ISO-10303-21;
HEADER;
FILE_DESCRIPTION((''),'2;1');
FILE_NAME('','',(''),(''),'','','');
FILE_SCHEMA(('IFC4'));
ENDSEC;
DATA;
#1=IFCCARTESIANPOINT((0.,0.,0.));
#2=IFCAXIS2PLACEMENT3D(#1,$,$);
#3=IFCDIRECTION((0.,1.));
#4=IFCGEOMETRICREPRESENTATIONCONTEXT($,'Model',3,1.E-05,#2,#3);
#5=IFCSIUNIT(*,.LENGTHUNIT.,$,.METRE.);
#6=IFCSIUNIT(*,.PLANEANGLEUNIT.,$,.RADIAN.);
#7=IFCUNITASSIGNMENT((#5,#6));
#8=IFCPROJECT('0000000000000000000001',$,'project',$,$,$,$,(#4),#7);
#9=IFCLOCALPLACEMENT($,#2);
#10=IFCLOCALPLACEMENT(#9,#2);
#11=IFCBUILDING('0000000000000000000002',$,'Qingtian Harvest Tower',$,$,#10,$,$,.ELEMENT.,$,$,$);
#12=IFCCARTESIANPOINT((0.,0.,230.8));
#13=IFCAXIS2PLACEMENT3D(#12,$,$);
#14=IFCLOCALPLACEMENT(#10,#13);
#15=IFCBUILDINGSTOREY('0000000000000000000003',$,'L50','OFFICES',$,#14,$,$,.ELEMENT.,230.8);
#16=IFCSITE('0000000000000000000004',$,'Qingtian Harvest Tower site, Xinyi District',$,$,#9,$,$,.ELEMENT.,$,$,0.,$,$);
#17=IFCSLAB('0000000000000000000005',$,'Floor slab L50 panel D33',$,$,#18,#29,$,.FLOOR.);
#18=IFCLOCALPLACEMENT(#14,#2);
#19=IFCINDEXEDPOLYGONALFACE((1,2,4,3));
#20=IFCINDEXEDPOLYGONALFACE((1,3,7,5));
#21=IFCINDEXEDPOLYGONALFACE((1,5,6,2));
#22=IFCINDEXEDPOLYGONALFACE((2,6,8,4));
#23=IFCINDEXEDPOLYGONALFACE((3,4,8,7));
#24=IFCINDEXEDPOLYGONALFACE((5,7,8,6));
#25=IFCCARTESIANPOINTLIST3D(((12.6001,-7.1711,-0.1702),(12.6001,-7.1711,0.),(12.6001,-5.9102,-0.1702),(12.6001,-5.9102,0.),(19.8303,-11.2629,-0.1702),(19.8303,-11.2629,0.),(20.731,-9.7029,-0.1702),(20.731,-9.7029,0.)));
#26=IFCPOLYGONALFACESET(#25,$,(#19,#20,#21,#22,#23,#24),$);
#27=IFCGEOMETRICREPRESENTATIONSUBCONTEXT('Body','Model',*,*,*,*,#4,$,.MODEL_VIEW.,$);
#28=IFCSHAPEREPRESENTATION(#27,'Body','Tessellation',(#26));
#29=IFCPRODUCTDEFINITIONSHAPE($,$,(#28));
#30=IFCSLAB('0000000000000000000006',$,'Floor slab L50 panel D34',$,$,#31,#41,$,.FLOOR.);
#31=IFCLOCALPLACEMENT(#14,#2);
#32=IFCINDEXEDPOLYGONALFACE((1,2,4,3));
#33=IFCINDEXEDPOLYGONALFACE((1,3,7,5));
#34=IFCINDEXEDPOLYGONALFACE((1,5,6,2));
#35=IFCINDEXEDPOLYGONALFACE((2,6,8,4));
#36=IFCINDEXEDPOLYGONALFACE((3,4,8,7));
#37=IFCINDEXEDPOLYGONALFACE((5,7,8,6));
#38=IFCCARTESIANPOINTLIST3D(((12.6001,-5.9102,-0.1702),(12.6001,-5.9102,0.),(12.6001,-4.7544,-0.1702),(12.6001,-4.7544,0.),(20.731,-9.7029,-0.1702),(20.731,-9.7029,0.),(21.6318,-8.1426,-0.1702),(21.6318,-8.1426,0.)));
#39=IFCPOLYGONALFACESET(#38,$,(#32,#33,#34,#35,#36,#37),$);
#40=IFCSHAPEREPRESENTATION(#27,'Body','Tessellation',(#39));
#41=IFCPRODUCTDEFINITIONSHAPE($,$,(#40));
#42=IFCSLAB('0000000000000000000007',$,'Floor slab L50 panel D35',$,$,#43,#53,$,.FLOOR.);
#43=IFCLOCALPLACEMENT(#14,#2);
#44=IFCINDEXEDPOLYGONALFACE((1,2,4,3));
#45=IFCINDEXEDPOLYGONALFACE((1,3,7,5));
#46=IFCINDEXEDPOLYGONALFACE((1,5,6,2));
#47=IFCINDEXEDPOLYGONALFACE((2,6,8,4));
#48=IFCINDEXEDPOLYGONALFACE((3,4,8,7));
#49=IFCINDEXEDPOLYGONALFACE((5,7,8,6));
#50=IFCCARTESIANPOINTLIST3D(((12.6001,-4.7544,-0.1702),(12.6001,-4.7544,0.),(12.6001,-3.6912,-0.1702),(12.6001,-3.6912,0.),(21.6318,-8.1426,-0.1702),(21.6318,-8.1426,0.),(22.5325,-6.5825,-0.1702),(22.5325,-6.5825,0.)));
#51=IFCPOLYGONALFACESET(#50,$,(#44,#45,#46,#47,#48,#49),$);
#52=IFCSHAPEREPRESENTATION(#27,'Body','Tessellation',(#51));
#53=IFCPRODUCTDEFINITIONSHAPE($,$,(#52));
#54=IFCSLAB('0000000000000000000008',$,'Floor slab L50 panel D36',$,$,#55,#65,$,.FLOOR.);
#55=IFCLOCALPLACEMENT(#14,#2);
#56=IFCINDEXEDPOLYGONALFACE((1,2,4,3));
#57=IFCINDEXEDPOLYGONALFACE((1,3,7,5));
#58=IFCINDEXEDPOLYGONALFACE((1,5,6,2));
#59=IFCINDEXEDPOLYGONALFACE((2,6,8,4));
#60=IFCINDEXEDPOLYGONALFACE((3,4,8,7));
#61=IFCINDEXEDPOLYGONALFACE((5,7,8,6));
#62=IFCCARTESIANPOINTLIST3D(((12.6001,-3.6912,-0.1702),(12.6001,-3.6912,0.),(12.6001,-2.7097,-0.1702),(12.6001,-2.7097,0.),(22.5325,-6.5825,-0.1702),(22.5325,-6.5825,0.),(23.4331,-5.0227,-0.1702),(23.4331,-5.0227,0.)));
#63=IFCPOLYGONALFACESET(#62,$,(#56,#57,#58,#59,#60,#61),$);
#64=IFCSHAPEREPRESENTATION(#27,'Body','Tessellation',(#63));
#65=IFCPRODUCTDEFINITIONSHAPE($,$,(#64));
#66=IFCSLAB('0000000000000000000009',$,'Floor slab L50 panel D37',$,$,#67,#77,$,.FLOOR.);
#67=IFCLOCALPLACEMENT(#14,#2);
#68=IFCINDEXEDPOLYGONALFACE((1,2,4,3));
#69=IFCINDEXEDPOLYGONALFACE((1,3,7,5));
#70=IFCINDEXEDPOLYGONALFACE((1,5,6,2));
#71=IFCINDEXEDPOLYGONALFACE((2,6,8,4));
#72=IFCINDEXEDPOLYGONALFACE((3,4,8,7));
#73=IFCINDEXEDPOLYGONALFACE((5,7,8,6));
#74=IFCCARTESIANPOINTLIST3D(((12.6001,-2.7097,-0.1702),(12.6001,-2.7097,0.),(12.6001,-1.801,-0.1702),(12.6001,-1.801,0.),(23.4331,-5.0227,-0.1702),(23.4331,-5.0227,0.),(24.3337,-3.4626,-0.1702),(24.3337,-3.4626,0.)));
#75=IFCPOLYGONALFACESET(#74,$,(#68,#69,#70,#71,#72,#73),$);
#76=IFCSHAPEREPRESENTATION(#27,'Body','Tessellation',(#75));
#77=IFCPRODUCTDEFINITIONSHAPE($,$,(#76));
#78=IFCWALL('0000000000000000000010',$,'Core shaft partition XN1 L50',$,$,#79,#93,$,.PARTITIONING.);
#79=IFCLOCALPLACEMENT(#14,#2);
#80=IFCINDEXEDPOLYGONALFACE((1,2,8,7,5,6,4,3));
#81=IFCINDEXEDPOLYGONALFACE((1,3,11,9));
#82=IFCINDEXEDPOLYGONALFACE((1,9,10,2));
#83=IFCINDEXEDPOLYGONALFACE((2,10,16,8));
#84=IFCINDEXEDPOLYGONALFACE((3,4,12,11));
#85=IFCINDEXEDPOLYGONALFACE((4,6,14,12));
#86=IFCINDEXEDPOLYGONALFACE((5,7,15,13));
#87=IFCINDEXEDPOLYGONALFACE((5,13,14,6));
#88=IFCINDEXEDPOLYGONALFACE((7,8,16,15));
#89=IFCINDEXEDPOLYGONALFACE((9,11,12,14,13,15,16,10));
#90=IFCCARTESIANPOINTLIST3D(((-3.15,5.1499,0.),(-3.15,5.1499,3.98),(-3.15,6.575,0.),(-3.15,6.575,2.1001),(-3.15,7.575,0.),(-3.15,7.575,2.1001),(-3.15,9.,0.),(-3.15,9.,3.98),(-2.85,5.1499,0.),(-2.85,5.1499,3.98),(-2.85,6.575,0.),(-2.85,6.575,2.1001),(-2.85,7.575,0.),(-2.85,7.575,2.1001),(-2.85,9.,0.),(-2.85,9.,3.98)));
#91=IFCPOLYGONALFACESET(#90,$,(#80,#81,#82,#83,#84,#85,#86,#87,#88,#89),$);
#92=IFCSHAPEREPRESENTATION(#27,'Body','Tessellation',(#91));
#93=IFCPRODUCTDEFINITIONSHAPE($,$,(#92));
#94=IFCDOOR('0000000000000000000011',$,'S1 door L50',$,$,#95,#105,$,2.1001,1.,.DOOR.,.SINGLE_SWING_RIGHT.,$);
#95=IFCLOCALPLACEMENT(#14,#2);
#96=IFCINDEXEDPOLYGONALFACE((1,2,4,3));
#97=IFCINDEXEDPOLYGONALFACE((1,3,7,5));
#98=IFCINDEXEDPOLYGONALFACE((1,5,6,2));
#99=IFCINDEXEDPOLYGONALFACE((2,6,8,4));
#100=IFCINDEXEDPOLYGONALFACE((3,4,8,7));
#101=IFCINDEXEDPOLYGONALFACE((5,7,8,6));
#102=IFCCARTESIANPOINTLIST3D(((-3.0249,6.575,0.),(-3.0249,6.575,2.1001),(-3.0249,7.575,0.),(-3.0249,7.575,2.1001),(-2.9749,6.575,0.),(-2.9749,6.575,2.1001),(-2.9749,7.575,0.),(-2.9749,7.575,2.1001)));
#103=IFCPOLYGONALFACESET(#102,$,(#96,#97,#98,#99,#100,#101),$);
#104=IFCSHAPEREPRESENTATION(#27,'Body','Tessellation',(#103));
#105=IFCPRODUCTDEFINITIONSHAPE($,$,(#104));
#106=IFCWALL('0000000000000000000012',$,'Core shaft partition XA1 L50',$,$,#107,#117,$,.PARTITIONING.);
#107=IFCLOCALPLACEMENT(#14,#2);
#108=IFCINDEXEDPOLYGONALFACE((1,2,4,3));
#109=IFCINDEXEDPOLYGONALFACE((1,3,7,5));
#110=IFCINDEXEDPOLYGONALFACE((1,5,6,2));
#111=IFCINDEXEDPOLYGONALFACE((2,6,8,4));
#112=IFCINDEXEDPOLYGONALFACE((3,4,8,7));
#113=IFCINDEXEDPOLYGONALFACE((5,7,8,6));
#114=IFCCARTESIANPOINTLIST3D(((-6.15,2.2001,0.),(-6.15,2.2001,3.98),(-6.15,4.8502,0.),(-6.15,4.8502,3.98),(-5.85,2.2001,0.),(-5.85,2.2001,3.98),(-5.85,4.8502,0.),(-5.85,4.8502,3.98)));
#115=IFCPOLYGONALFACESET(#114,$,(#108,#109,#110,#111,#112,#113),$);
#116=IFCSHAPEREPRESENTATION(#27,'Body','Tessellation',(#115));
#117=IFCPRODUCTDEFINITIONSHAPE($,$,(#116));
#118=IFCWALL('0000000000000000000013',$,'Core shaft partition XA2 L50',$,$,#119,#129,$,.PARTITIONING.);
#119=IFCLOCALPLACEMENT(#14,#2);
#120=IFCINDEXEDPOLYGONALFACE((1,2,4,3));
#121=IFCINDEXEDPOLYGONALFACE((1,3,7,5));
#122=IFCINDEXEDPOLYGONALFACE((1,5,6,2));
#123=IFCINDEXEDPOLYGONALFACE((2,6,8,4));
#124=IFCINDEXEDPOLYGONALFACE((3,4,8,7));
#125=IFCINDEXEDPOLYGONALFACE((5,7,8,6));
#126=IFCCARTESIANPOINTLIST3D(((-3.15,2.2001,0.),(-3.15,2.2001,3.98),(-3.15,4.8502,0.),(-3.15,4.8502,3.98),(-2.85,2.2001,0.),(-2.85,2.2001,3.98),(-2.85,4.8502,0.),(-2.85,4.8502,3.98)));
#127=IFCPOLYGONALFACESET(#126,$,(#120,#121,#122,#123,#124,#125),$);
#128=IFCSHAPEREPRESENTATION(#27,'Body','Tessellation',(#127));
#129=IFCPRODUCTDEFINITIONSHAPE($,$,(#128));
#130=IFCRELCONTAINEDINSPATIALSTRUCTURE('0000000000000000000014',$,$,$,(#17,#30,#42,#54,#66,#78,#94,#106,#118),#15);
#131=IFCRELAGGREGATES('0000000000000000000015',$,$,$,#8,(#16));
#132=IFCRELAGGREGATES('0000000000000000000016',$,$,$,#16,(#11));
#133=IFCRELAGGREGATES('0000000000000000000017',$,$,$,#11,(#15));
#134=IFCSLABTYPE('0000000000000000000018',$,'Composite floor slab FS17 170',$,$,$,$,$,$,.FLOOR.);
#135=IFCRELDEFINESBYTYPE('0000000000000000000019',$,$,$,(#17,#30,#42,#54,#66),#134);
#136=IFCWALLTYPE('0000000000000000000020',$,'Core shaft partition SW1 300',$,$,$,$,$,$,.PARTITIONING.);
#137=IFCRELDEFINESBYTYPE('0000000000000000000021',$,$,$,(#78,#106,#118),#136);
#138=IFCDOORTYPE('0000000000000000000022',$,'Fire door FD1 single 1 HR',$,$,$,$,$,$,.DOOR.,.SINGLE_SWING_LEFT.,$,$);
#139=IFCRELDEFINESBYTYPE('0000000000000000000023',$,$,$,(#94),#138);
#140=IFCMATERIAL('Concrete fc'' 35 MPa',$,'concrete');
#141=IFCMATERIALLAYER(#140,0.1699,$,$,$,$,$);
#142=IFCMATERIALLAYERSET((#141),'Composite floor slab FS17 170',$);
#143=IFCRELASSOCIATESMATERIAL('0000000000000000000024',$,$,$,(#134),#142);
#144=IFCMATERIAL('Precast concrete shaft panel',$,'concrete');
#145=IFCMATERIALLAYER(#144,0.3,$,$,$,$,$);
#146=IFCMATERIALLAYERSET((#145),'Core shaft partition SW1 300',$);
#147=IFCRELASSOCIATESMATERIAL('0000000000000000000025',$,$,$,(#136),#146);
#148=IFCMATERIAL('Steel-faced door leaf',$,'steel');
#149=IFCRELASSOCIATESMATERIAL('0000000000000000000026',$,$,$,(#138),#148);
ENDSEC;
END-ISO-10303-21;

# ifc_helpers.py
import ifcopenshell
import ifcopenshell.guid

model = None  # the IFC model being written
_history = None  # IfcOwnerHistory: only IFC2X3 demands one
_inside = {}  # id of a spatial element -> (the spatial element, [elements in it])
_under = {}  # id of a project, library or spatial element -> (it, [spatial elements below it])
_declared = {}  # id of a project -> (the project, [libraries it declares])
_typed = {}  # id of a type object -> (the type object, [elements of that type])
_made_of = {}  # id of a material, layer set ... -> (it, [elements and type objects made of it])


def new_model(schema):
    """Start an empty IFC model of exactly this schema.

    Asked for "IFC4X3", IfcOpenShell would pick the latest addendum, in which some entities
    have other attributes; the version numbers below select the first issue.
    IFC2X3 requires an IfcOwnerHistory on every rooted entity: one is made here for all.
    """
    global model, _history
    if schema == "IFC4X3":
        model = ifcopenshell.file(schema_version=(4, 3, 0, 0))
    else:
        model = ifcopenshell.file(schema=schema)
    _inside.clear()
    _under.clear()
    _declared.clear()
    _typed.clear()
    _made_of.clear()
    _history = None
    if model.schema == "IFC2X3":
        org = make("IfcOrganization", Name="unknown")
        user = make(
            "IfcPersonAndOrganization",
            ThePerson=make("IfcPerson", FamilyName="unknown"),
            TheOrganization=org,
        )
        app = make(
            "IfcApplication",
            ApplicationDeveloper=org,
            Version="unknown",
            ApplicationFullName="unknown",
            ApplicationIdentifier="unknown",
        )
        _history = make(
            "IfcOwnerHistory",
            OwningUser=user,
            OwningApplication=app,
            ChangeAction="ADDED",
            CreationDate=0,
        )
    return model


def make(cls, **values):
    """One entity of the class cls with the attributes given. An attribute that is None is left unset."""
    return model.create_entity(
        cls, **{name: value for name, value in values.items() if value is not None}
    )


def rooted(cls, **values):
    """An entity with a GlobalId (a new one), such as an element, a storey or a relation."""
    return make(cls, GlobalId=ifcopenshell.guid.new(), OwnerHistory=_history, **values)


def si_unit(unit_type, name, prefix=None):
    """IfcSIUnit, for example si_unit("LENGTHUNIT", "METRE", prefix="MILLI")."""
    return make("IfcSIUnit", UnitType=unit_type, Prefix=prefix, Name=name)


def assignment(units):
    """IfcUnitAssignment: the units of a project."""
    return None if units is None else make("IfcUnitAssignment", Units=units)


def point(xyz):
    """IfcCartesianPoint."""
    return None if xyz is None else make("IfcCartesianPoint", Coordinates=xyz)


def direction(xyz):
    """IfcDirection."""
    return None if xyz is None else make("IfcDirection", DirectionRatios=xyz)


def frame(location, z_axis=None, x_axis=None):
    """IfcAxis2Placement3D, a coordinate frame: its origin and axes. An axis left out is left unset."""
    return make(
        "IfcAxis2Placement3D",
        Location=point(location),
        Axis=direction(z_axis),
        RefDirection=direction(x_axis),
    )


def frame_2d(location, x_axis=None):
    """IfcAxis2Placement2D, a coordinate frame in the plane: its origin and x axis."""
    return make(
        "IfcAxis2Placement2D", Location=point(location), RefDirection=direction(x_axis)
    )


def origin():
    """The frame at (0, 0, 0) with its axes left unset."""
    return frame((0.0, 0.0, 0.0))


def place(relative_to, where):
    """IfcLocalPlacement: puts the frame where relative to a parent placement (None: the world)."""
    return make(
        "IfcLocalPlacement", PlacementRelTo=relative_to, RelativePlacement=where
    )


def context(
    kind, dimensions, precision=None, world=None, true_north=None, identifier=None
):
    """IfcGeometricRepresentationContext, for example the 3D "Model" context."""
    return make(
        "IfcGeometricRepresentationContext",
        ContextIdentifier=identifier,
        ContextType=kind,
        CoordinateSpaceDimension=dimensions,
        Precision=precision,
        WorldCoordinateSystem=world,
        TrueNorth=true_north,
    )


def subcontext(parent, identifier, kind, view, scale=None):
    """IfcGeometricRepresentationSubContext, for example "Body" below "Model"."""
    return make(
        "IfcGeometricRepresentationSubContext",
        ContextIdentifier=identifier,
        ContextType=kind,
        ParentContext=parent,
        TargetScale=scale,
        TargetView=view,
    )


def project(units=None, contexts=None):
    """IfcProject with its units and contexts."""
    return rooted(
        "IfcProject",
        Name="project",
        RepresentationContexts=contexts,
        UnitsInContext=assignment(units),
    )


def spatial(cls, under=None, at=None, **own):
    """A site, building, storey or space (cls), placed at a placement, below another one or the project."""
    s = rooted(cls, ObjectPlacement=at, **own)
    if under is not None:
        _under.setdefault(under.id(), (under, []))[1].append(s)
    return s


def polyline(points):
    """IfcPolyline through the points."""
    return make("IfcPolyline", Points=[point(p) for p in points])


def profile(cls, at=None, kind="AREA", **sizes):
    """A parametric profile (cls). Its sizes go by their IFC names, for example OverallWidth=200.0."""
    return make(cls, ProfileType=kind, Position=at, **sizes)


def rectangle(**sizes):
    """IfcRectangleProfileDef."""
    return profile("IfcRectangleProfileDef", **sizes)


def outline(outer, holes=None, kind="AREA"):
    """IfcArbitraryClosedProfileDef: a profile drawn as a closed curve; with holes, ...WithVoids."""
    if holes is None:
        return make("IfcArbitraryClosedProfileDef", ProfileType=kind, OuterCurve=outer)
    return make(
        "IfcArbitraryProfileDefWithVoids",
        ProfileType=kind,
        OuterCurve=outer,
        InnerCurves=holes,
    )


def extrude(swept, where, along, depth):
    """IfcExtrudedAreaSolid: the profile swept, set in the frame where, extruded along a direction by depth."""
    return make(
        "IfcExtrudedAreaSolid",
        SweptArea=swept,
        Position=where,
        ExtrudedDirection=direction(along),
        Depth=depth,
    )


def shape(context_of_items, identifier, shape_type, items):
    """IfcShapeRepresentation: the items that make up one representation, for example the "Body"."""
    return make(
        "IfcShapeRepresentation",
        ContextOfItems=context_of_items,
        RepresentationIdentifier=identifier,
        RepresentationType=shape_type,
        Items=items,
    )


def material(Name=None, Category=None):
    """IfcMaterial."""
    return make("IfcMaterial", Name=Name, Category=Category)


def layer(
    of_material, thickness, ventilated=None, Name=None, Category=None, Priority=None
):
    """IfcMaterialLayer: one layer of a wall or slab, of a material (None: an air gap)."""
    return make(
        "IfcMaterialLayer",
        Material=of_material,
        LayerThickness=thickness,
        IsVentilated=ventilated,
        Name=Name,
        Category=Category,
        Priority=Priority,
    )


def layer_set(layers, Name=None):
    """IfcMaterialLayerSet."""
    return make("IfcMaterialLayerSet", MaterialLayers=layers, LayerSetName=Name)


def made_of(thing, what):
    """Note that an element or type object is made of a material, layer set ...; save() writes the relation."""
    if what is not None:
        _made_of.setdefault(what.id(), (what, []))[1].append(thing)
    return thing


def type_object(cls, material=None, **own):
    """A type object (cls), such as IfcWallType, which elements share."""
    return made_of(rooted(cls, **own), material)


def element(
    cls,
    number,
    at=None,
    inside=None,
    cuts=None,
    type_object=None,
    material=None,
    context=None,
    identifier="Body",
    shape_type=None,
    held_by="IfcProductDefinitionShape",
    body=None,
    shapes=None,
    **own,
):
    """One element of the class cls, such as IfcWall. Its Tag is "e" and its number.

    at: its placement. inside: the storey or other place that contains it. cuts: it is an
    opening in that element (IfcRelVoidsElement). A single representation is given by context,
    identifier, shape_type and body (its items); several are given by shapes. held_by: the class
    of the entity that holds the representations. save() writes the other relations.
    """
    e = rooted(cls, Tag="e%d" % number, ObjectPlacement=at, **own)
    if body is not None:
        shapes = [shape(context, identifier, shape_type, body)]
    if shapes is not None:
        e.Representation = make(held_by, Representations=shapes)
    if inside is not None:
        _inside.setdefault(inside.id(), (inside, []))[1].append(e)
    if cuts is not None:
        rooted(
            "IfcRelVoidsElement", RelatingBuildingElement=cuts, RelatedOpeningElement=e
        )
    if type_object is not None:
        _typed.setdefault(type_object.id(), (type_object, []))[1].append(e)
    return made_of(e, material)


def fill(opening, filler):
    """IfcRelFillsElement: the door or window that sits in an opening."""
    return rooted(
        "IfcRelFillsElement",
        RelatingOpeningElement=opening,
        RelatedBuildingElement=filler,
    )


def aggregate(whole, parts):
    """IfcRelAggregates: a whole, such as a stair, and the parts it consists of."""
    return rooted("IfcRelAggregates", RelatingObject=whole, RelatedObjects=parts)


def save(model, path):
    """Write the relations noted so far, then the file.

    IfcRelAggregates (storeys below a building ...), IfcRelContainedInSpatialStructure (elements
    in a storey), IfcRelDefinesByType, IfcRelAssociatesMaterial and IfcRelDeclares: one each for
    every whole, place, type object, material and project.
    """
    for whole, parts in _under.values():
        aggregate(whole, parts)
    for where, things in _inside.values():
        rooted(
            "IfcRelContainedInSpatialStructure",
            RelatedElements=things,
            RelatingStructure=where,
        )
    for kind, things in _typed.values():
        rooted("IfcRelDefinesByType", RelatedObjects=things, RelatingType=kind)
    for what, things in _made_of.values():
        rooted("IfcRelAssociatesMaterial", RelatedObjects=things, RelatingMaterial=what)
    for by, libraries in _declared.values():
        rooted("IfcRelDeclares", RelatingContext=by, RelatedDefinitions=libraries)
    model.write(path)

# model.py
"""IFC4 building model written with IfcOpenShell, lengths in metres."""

from ifc_helpers import new_model, si_unit, direction, frame, frame_2d, origin, place, context, subcontext, project, spatial, polyline, rectangle, outline, extrude, material, layer, layer_set, type_object, element, fill, save


model = new_model("IFC4")

# Units and contexts
model_context = context("Model", 3, precision=1e-05, world=origin(), true_north=direction((0.0, 1.0)))
body_context = subcontext(model_context, "Body", "Model", "MODEL_VIEW")
ifc_project = project(units=[si_unit("LENGTHUNIT", "METRE"), si_unit("PLANEANGLEUNIT", "RADIAN")], contexts=[model_context])

# Site, building, storey
site_placement = place(None, origin())
site = spatial("IfcSite", under=ifc_project, at=site_placement, Name="Qingtian Harvest Tower site, Xinyi District", CompositionType="ELEMENT", RefElevation=0.0)
building_placement = place(site_placement, origin())
building = spatial("IfcBuilding", under=site, at=building_placement, Name="Qingtian Harvest Tower", CompositionType="ELEMENT")
storey_placement = place(building_placement, frame((0.0, 0.0, 230.8)))
storey = spatial("IfcBuildingStorey", under=building, at=storey_placement, Name="L50", Description="OFFICES", CompositionType="ELEMENT", Elevation=230.8)

# Slabs
ifc_material_1 = material(Name="Concrete fc' 35 MPa", Category="concrete")
ifc_layer_1 = layer(ifc_material_1, 0.1699)
ifc_layer_set_1 = layer_set([ifc_layer_1], Name="Composite floor slab FS17 170")
slab_type = type_object("IfcSlabType", Name="Composite floor slab FS17 170", PredefinedType="FLOOR", material=ifc_layer_set_1)
slab_1_placement = place(storey_placement, frame((0.0, 0.0, -0.1702)))
element("IfcSlab", 1, at=slab_1_placement, inside=storey, type_object=slab_type, Name="Floor slab L50 panel D33", PredefinedType="FLOOR", context=body_context, shape_type="SweptSolid", body=[
    extrude(outline(polyline([(12.6001, -5.9102), (20.731, -9.7029), (19.8303, -11.2629), (12.6001, -7.1711), (12.6001, -5.9102)])), origin(), (0.0, 0.0, 1.0), 0.1702),
])
slab_2_placement = place(storey_placement, frame((0.0, 0.0, -0.1702)))
element("IfcSlab", 2, at=slab_2_placement, inside=storey, type_object=slab_type, Name="Floor slab L50 panel D34", PredefinedType="FLOOR", context=body_context, shape_type="SweptSolid", body=[
    extrude(outline(polyline([(12.6001, -4.7544), (21.6318, -8.1426), (20.731, -9.7029), (12.6001, -5.9102), (12.6001, -4.7544)])), origin(), (0.0, 0.0, 1.0), 0.1702),
])
slab_3_placement = place(storey_placement, frame((0.0, 0.0, -0.1702)))
element("IfcSlab", 3, at=slab_3_placement, inside=storey, type_object=slab_type, Name="Floor slab L50 panel D35", PredefinedType="FLOOR", context=body_context, shape_type="SweptSolid", body=[
    extrude(outline(polyline([(12.6001, -3.6912), (22.5325, -6.5825), (21.6318, -8.1426), (12.6001, -4.7544), (12.6001, -3.6912)])), origin(), (0.0, 0.0, 1.0), 0.1702),
])
slab_4_placement = place(storey_placement, frame((0.0, 0.0, -0.1702)))
element("IfcSlab", 4, at=slab_4_placement, inside=storey, type_object=slab_type, Name="Floor slab L50 panel D36", PredefinedType="FLOOR", context=body_context, shape_type="SweptSolid", body=[
    extrude(outline(polyline([(12.6001, -2.7097), (23.4331, -5.0227), (22.5325, -6.5825), (12.6001, -3.6912), (12.6001, -2.7097)])), origin(), (0.0, 0.0, 1.0), 0.1702),
])
slab_5_placement = place(storey_placement, frame((0.0, 0.0, -0.1702)))
element("IfcSlab", 5, at=slab_5_placement, inside=storey, type_object=slab_type, Name="Floor slab L50 panel D37", PredefinedType="FLOOR", context=body_context, shape_type="SweptSolid", body=[
    extrude(outline(polyline([(12.6001, -1.801), (24.3337, -3.4626), (23.4331, -5.0227), (12.6001, -2.7097), (12.6001, -1.801)])), origin(), (0.0, 0.0, 1.0), 0.1702),
])

# Wall, opening, door
ifc_material_2 = material(Name="Precast concrete shaft panel", Category="concrete")
ifc_layer_2 = layer(ifc_material_2, 0.3)
ifc_layer_set_2 = layer_set([ifc_layer_2], Name="Core shaft partition SW1 300")
wall_type_1 = type_object("IfcWallType", Name="Core shaft partition SW1 300", PredefinedType="PARTITIONING", material=ifc_layer_set_2)
wall_1_placement = place(storey_placement, frame((-3.0, 5.1499, 0.0), z_axis=(0.0, 0.0, 1.0), x_axis=(0.0, 1.0, 0.0)))
wall_1 = element("IfcWall", 6, at=wall_1_placement, inside=storey, type_object=wall_type_1, Name="Core shaft partition XN1 L50", PredefinedType="PARTITIONING", context=body_context, shape_type="SweptSolid", body=[
    extrude(rectangle(XDim=3.8501, YDim=0.3, at=frame_2d((1.925, 0.0))), origin(), (0.0, 0.0, 1.0), 3.98),
])
opening_1_placement = place(wall_1_placement, frame((1.425, 0.0, 0.0)))
opening_1 = element("IfcOpeningElement", 7, at=opening_1_placement, cuts=wall_1, PredefinedType="OPENING", context=body_context, shape_type="SweptSolid", body=[
    extrude(rectangle(XDim=1.0, YDim=2.1001, at=frame_2d((0.5, 1.05))), frame((0.0, 0.1599, 0.0), z_axis=(0.0, -1.0, 0.0), x_axis=(1.0, 0.0, 0.0)), (0.0, 0.0, 1.0), 0.3201),
])
ifc_material_3 = material(Name="Steel-faced door leaf", Category="steel")
door_type_1 = type_object("IfcDoorType", Name="Fire door FD1 single 1 HR", OperationType="SINGLE_SWING_LEFT", PredefinedType="DOOR", material=ifc_material_3)
door_1_placement = place(opening_1_placement, origin())
door_1 = element("IfcDoor", 8, at=door_1_placement, inside=storey, type_object=door_type_1, Name="S1 door L50", OperationType="SINGLE_SWING_RIGHT", OverallHeight=2.1001, OverallWidth=1.0, PredefinedType="DOOR", context=body_context, shape_type="SweptSolid", body=[
    extrude(rectangle(XDim=1.0, YDim=2.1001, at=frame_2d((0.5, 1.05))), frame((0.0, 0.0249, 0.0), z_axis=(0.0, -1.0, 0.0), x_axis=(1.0, 0.0, 0.0)), (0.0, 0.0, 1.0), 0.05),
])
fill(opening_1, door_1)

# Walls
for number, where, z_axis, x_axis, name in (
    (9, (-6.0, 2.2, 0.0), (0.0, 0.0, 1.0), (0.0, 1.0, 0.0), "Core shaft partition XA1 L50"),
    (10, (-3.0, 2.2, 0.0), (0.0, 0.0, 1.0), (0.0, 1.0, 0.0), "Core shaft partition XA2 L50"),
):
    element("IfcWall", number, at=place(storey_placement, frame(where, z_axis=z_axis, x_axis=x_axis)), inside=storey, type_object=wall_type_1, Name=name, PredefinedType="PARTITIONING", context=body_context, shape_type="SweptSolid", body=[
        extrude(rectangle(XDim=2.6501, YDim=0.3, at=frame_2d((1.3252, 0.0))), origin(), (0.0, 0.0, 1.0), 3.98),
    ])

save(model, "model.ifc")
